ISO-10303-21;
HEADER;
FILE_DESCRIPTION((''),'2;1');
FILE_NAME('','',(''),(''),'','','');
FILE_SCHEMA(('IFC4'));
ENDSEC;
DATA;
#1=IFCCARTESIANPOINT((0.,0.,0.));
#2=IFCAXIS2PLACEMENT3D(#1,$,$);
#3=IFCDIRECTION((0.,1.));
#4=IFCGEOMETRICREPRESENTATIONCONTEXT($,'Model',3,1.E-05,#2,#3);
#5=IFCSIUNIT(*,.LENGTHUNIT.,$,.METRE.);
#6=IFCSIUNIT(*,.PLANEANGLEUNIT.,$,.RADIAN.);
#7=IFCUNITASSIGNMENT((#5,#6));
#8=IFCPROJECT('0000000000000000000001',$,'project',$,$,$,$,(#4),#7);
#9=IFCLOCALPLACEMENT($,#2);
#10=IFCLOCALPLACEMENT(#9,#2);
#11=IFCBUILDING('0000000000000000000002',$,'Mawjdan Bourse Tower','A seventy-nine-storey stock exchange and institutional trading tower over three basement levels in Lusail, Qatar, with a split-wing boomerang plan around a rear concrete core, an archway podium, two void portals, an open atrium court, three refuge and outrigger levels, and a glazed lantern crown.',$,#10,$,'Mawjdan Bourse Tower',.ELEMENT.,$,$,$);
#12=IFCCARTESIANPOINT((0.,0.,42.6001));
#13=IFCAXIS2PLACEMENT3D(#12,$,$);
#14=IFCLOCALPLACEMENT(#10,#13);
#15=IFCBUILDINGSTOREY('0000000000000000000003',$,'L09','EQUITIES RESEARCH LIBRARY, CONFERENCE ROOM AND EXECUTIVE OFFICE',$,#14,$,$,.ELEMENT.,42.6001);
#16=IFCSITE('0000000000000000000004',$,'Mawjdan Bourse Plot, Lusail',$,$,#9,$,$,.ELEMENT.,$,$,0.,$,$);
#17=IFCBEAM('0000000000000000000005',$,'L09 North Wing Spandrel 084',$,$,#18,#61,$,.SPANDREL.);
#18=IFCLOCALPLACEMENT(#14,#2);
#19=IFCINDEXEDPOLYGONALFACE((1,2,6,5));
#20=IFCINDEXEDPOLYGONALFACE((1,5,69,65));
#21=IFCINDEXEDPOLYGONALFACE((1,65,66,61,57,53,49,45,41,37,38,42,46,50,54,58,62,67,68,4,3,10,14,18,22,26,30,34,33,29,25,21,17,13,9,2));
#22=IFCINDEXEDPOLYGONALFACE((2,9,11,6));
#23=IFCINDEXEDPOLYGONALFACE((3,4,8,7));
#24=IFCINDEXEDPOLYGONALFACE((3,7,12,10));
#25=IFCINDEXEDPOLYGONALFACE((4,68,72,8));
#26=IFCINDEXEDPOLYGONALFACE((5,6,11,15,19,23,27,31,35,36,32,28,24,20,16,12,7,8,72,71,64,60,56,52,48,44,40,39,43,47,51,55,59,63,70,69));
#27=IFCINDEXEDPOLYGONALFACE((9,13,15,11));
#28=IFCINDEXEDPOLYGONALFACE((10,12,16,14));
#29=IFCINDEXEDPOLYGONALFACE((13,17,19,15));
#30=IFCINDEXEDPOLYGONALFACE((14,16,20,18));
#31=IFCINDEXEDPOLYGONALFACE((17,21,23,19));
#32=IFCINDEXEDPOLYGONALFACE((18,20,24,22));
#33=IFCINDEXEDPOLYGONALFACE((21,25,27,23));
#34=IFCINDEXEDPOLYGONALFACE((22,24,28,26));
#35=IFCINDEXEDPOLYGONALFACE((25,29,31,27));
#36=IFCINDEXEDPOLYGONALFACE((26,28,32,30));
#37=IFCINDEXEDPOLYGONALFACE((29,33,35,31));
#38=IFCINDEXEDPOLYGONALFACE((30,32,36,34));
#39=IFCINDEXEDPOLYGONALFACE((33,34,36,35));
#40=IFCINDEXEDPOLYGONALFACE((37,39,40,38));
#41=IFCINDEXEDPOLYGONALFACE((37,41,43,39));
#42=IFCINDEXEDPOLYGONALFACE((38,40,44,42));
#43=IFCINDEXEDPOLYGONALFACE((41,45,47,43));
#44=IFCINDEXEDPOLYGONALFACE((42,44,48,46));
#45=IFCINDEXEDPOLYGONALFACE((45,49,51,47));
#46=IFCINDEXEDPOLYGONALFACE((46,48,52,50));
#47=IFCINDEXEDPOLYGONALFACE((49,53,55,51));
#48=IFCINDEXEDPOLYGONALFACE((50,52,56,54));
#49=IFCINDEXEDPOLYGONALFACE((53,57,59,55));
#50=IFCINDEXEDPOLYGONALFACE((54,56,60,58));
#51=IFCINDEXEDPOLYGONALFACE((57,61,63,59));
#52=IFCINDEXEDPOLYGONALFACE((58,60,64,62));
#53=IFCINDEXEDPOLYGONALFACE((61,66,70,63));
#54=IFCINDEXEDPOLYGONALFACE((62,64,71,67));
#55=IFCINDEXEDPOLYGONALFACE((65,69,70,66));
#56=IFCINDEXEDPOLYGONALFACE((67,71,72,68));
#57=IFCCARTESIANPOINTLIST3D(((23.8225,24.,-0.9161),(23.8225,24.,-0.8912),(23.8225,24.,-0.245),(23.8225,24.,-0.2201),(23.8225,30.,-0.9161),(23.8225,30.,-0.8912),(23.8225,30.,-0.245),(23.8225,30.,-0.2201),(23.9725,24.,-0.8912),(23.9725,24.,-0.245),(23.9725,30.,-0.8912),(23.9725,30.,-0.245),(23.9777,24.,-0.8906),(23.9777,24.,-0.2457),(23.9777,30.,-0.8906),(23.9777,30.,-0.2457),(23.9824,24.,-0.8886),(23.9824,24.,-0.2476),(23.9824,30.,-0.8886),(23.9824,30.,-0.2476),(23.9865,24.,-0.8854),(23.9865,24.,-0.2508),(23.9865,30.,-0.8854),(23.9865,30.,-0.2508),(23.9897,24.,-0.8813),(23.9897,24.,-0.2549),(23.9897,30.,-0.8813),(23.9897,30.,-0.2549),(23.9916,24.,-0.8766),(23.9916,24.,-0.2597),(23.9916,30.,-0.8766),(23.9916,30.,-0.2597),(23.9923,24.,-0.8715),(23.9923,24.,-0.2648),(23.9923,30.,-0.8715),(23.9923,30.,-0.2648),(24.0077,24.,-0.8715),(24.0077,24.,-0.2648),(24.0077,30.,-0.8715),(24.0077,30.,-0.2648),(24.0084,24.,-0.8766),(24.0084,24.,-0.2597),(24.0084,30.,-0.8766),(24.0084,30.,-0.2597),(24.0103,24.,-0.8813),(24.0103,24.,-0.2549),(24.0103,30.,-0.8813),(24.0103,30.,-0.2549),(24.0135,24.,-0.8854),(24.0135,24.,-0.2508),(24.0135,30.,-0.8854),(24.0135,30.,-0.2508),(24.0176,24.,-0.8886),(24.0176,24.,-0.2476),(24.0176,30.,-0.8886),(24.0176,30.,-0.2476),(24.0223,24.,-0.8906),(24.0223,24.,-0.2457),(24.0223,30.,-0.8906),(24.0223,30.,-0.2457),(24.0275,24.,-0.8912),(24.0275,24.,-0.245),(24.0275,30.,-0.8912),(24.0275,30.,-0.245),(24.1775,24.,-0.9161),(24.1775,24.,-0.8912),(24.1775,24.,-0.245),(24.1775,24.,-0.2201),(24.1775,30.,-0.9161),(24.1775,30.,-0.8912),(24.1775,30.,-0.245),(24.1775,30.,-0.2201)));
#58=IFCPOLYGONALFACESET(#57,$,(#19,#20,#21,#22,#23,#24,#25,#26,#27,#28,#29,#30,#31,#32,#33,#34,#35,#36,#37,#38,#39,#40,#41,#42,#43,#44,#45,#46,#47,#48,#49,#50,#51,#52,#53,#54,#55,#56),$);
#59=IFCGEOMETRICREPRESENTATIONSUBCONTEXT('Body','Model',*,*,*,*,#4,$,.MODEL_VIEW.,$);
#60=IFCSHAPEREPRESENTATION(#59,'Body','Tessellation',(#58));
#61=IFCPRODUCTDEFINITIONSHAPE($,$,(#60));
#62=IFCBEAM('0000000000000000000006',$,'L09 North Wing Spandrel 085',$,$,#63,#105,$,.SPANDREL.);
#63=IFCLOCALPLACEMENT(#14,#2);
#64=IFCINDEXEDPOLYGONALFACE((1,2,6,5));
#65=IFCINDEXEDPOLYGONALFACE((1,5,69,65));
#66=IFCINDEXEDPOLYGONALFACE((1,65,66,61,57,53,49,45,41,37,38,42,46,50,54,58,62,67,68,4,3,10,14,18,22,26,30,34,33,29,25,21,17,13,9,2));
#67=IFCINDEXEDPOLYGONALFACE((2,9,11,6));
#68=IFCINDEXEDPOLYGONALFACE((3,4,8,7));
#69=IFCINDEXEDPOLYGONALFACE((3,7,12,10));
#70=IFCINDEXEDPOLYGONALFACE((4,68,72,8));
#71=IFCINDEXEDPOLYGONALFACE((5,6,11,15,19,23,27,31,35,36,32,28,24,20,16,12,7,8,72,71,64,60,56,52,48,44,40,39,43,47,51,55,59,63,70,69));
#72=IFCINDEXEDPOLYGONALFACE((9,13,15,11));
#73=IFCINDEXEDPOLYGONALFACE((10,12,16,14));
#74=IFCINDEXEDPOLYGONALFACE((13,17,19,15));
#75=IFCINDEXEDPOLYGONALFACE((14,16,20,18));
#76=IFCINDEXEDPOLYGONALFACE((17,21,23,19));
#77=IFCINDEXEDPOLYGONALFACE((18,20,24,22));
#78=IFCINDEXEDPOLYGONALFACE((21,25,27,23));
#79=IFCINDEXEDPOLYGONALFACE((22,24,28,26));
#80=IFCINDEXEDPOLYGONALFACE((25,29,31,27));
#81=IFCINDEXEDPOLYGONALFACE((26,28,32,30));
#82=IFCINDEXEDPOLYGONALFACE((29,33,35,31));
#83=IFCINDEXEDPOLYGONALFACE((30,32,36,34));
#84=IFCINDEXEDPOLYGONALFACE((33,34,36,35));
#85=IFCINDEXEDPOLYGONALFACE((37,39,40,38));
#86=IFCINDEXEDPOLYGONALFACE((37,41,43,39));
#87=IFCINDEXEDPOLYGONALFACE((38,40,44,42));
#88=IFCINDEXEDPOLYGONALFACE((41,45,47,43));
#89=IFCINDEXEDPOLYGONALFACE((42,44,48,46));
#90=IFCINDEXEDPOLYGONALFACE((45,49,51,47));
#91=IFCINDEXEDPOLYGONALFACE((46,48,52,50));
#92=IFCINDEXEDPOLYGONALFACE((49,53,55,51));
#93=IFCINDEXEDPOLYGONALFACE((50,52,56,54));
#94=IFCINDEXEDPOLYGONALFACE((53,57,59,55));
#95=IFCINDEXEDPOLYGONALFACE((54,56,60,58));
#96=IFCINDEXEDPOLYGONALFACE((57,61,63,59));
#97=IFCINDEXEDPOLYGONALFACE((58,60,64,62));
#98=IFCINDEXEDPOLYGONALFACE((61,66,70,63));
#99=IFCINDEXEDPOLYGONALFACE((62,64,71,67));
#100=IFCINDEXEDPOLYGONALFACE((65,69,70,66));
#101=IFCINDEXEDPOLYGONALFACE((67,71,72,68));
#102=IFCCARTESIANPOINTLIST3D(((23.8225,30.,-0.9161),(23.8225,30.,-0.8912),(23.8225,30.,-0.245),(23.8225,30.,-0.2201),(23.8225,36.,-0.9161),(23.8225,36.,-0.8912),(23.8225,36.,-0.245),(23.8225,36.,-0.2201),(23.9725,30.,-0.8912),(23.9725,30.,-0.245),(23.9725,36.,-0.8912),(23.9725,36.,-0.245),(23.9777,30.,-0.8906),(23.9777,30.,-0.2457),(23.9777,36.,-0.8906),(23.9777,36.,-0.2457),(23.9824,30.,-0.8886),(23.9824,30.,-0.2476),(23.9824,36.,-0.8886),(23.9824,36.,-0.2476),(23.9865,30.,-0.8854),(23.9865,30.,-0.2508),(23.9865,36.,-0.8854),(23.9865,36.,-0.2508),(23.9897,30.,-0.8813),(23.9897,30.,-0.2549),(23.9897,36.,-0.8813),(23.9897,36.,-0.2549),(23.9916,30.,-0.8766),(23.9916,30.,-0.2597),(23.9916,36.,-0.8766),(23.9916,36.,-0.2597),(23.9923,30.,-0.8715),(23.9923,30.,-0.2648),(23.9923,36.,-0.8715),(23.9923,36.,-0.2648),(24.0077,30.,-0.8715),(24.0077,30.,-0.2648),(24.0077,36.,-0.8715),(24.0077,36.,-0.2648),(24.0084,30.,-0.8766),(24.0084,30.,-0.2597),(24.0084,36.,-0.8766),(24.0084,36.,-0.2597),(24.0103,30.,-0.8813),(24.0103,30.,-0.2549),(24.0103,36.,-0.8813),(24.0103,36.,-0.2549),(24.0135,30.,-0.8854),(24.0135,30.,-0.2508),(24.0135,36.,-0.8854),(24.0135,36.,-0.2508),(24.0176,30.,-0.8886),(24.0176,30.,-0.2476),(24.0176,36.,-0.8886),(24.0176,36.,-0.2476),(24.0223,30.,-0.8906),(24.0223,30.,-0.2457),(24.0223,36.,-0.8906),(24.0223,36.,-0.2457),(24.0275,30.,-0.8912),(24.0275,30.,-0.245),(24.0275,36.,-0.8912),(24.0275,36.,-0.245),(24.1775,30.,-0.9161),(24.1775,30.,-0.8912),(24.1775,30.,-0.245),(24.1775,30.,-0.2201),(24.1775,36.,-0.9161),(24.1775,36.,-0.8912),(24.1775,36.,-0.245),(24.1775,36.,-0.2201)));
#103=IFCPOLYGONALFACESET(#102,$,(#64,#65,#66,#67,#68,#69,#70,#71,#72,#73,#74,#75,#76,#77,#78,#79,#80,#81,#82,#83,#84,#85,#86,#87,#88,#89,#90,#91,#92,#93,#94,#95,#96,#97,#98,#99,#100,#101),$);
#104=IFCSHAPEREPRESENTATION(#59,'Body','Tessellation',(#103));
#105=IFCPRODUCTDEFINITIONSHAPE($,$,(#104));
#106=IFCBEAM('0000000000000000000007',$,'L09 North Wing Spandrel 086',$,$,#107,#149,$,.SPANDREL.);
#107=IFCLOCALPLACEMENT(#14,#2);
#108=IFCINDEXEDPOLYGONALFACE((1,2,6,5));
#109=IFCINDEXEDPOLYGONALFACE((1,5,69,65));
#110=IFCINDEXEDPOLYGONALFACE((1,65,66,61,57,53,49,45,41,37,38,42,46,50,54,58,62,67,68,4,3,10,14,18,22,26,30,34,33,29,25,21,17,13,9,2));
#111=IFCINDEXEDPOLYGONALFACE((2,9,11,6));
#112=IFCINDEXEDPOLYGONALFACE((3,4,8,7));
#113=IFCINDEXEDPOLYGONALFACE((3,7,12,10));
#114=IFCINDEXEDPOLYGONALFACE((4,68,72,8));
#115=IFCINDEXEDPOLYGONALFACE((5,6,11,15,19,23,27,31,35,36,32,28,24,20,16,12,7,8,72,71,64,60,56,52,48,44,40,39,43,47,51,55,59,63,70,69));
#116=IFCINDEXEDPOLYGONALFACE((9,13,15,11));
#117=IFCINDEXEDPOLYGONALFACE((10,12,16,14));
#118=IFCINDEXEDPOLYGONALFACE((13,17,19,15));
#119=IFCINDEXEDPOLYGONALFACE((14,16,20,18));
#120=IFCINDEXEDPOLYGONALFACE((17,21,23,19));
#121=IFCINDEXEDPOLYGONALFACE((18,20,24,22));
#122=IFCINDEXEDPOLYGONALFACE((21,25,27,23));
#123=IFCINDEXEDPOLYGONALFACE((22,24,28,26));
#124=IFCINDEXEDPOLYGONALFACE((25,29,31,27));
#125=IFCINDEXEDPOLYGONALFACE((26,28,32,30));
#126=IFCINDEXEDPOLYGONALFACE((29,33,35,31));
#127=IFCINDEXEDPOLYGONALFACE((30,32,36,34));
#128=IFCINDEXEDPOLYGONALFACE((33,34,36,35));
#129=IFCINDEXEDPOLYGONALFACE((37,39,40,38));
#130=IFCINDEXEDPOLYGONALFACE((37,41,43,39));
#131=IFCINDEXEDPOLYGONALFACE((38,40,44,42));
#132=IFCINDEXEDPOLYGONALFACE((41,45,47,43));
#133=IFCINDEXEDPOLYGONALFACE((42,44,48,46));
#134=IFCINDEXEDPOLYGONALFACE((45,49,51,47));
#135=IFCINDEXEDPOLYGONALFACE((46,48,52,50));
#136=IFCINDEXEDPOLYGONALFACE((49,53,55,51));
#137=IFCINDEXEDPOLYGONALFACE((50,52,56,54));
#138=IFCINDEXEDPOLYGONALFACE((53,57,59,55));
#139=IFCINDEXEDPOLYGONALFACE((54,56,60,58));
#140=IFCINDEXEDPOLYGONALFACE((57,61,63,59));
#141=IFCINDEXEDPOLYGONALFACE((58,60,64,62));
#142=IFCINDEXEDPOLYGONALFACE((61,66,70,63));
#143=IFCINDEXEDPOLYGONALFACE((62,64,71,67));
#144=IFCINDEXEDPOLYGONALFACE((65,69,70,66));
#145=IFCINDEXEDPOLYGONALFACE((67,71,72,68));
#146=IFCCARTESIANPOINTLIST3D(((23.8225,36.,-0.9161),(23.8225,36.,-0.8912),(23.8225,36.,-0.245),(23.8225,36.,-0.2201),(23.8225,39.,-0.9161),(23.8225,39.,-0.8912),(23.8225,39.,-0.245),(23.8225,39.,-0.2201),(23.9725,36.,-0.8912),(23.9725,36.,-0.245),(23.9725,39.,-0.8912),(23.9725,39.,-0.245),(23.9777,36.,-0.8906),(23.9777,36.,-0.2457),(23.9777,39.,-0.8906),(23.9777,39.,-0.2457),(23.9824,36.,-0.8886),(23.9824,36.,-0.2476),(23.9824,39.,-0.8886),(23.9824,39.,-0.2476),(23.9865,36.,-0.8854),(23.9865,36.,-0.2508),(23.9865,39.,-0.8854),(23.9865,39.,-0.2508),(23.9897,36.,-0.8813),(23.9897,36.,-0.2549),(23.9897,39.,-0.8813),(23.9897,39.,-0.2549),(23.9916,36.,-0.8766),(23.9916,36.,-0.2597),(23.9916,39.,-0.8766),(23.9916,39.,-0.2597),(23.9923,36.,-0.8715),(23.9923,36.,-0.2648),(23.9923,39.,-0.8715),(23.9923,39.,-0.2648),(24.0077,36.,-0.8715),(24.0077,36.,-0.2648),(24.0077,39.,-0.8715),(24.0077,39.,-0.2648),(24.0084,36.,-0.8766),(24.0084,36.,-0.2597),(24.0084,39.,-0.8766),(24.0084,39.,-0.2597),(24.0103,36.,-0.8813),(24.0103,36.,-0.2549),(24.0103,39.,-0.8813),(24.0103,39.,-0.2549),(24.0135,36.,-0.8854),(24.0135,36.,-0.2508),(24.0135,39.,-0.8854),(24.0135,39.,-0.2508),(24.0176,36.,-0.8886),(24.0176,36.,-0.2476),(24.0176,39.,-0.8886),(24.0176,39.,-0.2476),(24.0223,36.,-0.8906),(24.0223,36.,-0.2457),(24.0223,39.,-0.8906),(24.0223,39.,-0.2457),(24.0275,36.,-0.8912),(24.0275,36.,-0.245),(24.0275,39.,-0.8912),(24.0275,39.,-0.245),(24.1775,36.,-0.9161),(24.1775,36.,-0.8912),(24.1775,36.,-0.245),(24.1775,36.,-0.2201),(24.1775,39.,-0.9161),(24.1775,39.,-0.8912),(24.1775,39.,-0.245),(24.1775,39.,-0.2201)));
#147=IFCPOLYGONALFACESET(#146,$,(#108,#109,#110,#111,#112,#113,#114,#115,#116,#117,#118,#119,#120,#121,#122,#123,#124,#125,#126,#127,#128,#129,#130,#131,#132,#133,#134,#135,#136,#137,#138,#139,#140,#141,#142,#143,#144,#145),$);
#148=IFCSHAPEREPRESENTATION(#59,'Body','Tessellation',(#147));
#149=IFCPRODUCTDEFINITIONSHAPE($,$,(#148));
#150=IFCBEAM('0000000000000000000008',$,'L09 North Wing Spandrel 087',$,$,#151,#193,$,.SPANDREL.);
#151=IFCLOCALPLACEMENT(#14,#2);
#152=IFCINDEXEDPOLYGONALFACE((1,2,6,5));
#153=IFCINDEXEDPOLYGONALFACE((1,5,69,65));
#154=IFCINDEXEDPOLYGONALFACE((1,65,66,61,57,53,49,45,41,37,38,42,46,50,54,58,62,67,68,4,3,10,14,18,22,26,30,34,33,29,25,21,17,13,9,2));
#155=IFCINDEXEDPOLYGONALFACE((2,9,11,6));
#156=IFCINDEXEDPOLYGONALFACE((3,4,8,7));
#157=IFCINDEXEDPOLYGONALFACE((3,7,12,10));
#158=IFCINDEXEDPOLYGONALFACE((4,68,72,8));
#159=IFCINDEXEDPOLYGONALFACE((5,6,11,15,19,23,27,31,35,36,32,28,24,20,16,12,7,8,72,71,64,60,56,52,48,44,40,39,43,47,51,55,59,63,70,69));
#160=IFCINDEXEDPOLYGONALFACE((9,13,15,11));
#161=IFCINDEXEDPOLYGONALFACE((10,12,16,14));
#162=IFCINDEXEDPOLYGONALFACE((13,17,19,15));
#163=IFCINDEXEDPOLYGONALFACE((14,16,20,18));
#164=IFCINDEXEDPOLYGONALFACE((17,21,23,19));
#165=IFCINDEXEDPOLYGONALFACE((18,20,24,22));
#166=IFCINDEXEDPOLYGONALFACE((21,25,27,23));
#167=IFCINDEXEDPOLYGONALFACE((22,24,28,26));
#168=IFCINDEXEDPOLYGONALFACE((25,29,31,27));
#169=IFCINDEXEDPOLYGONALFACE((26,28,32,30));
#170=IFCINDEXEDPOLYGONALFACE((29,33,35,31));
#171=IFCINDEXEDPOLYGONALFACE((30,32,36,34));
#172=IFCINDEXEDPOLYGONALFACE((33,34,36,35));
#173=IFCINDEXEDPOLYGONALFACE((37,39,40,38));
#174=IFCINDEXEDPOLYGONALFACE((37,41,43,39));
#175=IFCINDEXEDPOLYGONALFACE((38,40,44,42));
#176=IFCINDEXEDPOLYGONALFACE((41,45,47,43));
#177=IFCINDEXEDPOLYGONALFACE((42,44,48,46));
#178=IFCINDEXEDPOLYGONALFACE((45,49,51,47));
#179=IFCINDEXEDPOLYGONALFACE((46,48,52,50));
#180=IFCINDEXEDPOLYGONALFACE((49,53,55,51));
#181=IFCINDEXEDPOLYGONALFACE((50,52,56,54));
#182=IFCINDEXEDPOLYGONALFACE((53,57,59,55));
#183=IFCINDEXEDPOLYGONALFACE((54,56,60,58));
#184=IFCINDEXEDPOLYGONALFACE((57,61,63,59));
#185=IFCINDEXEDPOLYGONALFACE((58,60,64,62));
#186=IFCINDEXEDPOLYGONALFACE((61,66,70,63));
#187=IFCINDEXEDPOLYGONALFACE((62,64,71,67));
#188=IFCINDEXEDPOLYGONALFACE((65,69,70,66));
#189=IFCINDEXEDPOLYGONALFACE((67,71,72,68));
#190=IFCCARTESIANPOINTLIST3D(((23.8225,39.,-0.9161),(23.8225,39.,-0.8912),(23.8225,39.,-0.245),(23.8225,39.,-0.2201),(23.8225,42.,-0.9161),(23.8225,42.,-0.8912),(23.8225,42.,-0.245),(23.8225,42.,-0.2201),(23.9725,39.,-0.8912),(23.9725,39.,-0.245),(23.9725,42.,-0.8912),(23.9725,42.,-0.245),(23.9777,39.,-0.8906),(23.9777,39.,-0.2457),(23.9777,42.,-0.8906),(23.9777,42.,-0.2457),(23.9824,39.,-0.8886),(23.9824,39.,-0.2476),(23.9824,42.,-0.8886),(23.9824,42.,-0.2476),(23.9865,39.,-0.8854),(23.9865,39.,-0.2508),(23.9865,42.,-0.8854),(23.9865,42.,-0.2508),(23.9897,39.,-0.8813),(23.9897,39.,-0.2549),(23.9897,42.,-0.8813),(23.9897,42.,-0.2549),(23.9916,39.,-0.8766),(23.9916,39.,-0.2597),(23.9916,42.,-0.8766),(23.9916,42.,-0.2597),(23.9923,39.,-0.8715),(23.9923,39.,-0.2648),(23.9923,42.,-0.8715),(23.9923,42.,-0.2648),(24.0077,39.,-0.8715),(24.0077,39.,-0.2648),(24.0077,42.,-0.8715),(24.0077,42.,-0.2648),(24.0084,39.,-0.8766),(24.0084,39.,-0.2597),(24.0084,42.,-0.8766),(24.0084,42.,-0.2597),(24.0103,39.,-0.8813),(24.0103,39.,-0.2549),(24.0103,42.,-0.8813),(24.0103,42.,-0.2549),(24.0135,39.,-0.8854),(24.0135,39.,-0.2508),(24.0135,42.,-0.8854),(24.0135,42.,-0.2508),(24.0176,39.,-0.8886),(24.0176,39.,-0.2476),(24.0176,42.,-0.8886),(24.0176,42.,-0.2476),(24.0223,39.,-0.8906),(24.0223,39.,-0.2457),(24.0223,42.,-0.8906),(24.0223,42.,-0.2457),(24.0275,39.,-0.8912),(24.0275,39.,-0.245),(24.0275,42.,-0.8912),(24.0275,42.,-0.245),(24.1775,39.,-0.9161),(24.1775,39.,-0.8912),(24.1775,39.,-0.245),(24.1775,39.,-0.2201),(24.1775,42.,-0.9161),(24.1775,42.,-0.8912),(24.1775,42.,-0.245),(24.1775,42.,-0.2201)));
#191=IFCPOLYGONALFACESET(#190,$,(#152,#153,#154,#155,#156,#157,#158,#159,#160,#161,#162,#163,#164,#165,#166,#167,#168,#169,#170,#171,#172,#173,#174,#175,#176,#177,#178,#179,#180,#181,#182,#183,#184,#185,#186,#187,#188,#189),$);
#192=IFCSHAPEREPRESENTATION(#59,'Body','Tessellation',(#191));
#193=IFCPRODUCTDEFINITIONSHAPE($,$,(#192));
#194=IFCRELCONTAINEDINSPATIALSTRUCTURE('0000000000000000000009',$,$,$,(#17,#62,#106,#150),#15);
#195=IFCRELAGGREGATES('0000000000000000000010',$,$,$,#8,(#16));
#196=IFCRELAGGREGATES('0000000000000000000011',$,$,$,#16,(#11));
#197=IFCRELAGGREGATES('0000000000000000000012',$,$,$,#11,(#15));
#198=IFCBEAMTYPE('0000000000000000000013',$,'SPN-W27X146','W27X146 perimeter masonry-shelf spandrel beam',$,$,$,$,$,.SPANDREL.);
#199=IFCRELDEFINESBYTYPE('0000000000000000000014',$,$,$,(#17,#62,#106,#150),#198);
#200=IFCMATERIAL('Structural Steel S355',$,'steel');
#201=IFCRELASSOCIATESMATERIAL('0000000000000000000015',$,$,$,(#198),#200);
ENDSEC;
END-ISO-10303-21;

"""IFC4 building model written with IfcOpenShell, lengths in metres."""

from ifc_helpers import new_model, si_unit, direction, frame, origin, origin_2d, place, context, subcontext, project, spatial, i_section, extrude, material, material_profile, profile_set, type_object, element, save


model = new_model("IFC4")

# Units and contexts
model_context = context("Model", 3, precision=1e-05, world=origin(), true_north=direction((0.0, 1.0)))
body_context = subcontext(model_context, "Body", "Model", "MODEL_VIEW")
ifc_project = project(units=[si_unit("LENGTHUNIT", "METRE"), si_unit("PLANEANGLEUNIT", "RADIAN")], contexts=[model_context])

# Site, building, storey
site_placement = place(None, origin())
site = spatial("IfcSite", under=ifc_project, at=site_placement, Name="Mawjdan Bourse Plot, Lusail", CompositionType="ELEMENT", RefElevation=0.0)
building_placement = place(site_placement, origin())
building = spatial("IfcBuilding", under=site, at=building_placement, Name="Mawjdan Bourse Tower", Description="A seventy-nine-storey stock exchange and institutional trading tower over three basement levels in Lusail, Qatar, with a split-wing boomerang plan around a rear concrete core, an archway podium, two void portals, an open atrium court, three refuge and outrigger levels, and a glazed lantern crown.", LongName="Mawjdan Bourse Tower", CompositionType="ELEMENT")
storey_placement = place(building_placement, frame((0.0, 0.0, 42.6001)))
storey = spatial("IfcBuildingStorey", under=building, at=storey_placement, Name="L09", Description="EQUITIES RESEARCH LIBRARY, CONFERENCE ROOM AND EXECUTIVE OFFICE", CompositionType="ELEMENT", Elevation=42.6001)

# Beams
ifc_material_1 = material(Name="Structural Steel S355", Category="steel")
ifc_material_profile_1 = material_profile(ifc_material_1, i_section(OverallWidth=0.355, OverallDepth=0.696, WebThickness=0.0154, FlangeThickness=0.0249, FilletRadius=0.0198, at=origin_2d()), Name="W27X146")
ifc_profile_set_1 = profile_set([ifc_material_profile_1], Name="Structural Steel S355")
beam_type_1 = type_object("IfcBeamType", Name="SPN-W27X146", Description="W27X146 perimeter masonry-shelf spandrel beam", PredefinedType="SPANDREL", material=ifc_profile_set_1)
for number, where, z_axis, x_axis, name in (
    (1, (24.0, 24.0, -0.5681), (0.0, 1.0, 0.0), (-1.0, 0.0, 0.0), "L09 North Wing Spandrel 084"),
    (2, (24.0, 30.0, -0.5681), (0.0, 1.0, 0.0), (-1.0, 0.0, 0.0), "L09 North Wing Spandrel 085"),
):
    element("IfcBeam", number, at=place(storey_placement, frame(where, z_axis=z_axis, x_axis=x_axis)), inside=storey, type_object=beam_type_1, Name=name, PredefinedType="SPANDREL", context=body_context, shape_type="SweptSolid", body=[
        extrude(i_section(OverallWidth=0.355, OverallDepth=0.696, WebThickness=0.0154, FlangeThickness=0.0249, FilletRadius=0.0198, at=origin_2d()), origin(), (0.0, 0.0, 1.0), 6.0),
    ])
for number, where, z_axis, x_axis, name in (
    (3, (24.0, 36.0, -0.5681), (0.0, 1.0, 0.0), (-1.0, 0.0, 0.0), "L09 North Wing Spandrel 086"),
    (4, (24.0, 39.0, -0.5681), (0.0, 1.0, 0.0), (-1.0, 0.0, 0.0), "L09 North Wing Spandrel 087"),
):
    element("IfcBeam", number, at=place(storey_placement, frame(where, z_axis=z_axis, x_axis=x_axis)), inside=storey, type_object=beam_type_1, Name=name, PredefinedType="SPANDREL", context=body_context, shape_type="SweptSolid", body=[
        extrude(i_section(OverallWidth=0.355, OverallDepth=0.696, WebThickness=0.0154, FlangeThickness=0.0249, FilletRadius=0.0198, at=origin_2d()), origin(), (0.0, 0.0, 1.0), 3.0),
    ])

save(model, "model.ifc")
